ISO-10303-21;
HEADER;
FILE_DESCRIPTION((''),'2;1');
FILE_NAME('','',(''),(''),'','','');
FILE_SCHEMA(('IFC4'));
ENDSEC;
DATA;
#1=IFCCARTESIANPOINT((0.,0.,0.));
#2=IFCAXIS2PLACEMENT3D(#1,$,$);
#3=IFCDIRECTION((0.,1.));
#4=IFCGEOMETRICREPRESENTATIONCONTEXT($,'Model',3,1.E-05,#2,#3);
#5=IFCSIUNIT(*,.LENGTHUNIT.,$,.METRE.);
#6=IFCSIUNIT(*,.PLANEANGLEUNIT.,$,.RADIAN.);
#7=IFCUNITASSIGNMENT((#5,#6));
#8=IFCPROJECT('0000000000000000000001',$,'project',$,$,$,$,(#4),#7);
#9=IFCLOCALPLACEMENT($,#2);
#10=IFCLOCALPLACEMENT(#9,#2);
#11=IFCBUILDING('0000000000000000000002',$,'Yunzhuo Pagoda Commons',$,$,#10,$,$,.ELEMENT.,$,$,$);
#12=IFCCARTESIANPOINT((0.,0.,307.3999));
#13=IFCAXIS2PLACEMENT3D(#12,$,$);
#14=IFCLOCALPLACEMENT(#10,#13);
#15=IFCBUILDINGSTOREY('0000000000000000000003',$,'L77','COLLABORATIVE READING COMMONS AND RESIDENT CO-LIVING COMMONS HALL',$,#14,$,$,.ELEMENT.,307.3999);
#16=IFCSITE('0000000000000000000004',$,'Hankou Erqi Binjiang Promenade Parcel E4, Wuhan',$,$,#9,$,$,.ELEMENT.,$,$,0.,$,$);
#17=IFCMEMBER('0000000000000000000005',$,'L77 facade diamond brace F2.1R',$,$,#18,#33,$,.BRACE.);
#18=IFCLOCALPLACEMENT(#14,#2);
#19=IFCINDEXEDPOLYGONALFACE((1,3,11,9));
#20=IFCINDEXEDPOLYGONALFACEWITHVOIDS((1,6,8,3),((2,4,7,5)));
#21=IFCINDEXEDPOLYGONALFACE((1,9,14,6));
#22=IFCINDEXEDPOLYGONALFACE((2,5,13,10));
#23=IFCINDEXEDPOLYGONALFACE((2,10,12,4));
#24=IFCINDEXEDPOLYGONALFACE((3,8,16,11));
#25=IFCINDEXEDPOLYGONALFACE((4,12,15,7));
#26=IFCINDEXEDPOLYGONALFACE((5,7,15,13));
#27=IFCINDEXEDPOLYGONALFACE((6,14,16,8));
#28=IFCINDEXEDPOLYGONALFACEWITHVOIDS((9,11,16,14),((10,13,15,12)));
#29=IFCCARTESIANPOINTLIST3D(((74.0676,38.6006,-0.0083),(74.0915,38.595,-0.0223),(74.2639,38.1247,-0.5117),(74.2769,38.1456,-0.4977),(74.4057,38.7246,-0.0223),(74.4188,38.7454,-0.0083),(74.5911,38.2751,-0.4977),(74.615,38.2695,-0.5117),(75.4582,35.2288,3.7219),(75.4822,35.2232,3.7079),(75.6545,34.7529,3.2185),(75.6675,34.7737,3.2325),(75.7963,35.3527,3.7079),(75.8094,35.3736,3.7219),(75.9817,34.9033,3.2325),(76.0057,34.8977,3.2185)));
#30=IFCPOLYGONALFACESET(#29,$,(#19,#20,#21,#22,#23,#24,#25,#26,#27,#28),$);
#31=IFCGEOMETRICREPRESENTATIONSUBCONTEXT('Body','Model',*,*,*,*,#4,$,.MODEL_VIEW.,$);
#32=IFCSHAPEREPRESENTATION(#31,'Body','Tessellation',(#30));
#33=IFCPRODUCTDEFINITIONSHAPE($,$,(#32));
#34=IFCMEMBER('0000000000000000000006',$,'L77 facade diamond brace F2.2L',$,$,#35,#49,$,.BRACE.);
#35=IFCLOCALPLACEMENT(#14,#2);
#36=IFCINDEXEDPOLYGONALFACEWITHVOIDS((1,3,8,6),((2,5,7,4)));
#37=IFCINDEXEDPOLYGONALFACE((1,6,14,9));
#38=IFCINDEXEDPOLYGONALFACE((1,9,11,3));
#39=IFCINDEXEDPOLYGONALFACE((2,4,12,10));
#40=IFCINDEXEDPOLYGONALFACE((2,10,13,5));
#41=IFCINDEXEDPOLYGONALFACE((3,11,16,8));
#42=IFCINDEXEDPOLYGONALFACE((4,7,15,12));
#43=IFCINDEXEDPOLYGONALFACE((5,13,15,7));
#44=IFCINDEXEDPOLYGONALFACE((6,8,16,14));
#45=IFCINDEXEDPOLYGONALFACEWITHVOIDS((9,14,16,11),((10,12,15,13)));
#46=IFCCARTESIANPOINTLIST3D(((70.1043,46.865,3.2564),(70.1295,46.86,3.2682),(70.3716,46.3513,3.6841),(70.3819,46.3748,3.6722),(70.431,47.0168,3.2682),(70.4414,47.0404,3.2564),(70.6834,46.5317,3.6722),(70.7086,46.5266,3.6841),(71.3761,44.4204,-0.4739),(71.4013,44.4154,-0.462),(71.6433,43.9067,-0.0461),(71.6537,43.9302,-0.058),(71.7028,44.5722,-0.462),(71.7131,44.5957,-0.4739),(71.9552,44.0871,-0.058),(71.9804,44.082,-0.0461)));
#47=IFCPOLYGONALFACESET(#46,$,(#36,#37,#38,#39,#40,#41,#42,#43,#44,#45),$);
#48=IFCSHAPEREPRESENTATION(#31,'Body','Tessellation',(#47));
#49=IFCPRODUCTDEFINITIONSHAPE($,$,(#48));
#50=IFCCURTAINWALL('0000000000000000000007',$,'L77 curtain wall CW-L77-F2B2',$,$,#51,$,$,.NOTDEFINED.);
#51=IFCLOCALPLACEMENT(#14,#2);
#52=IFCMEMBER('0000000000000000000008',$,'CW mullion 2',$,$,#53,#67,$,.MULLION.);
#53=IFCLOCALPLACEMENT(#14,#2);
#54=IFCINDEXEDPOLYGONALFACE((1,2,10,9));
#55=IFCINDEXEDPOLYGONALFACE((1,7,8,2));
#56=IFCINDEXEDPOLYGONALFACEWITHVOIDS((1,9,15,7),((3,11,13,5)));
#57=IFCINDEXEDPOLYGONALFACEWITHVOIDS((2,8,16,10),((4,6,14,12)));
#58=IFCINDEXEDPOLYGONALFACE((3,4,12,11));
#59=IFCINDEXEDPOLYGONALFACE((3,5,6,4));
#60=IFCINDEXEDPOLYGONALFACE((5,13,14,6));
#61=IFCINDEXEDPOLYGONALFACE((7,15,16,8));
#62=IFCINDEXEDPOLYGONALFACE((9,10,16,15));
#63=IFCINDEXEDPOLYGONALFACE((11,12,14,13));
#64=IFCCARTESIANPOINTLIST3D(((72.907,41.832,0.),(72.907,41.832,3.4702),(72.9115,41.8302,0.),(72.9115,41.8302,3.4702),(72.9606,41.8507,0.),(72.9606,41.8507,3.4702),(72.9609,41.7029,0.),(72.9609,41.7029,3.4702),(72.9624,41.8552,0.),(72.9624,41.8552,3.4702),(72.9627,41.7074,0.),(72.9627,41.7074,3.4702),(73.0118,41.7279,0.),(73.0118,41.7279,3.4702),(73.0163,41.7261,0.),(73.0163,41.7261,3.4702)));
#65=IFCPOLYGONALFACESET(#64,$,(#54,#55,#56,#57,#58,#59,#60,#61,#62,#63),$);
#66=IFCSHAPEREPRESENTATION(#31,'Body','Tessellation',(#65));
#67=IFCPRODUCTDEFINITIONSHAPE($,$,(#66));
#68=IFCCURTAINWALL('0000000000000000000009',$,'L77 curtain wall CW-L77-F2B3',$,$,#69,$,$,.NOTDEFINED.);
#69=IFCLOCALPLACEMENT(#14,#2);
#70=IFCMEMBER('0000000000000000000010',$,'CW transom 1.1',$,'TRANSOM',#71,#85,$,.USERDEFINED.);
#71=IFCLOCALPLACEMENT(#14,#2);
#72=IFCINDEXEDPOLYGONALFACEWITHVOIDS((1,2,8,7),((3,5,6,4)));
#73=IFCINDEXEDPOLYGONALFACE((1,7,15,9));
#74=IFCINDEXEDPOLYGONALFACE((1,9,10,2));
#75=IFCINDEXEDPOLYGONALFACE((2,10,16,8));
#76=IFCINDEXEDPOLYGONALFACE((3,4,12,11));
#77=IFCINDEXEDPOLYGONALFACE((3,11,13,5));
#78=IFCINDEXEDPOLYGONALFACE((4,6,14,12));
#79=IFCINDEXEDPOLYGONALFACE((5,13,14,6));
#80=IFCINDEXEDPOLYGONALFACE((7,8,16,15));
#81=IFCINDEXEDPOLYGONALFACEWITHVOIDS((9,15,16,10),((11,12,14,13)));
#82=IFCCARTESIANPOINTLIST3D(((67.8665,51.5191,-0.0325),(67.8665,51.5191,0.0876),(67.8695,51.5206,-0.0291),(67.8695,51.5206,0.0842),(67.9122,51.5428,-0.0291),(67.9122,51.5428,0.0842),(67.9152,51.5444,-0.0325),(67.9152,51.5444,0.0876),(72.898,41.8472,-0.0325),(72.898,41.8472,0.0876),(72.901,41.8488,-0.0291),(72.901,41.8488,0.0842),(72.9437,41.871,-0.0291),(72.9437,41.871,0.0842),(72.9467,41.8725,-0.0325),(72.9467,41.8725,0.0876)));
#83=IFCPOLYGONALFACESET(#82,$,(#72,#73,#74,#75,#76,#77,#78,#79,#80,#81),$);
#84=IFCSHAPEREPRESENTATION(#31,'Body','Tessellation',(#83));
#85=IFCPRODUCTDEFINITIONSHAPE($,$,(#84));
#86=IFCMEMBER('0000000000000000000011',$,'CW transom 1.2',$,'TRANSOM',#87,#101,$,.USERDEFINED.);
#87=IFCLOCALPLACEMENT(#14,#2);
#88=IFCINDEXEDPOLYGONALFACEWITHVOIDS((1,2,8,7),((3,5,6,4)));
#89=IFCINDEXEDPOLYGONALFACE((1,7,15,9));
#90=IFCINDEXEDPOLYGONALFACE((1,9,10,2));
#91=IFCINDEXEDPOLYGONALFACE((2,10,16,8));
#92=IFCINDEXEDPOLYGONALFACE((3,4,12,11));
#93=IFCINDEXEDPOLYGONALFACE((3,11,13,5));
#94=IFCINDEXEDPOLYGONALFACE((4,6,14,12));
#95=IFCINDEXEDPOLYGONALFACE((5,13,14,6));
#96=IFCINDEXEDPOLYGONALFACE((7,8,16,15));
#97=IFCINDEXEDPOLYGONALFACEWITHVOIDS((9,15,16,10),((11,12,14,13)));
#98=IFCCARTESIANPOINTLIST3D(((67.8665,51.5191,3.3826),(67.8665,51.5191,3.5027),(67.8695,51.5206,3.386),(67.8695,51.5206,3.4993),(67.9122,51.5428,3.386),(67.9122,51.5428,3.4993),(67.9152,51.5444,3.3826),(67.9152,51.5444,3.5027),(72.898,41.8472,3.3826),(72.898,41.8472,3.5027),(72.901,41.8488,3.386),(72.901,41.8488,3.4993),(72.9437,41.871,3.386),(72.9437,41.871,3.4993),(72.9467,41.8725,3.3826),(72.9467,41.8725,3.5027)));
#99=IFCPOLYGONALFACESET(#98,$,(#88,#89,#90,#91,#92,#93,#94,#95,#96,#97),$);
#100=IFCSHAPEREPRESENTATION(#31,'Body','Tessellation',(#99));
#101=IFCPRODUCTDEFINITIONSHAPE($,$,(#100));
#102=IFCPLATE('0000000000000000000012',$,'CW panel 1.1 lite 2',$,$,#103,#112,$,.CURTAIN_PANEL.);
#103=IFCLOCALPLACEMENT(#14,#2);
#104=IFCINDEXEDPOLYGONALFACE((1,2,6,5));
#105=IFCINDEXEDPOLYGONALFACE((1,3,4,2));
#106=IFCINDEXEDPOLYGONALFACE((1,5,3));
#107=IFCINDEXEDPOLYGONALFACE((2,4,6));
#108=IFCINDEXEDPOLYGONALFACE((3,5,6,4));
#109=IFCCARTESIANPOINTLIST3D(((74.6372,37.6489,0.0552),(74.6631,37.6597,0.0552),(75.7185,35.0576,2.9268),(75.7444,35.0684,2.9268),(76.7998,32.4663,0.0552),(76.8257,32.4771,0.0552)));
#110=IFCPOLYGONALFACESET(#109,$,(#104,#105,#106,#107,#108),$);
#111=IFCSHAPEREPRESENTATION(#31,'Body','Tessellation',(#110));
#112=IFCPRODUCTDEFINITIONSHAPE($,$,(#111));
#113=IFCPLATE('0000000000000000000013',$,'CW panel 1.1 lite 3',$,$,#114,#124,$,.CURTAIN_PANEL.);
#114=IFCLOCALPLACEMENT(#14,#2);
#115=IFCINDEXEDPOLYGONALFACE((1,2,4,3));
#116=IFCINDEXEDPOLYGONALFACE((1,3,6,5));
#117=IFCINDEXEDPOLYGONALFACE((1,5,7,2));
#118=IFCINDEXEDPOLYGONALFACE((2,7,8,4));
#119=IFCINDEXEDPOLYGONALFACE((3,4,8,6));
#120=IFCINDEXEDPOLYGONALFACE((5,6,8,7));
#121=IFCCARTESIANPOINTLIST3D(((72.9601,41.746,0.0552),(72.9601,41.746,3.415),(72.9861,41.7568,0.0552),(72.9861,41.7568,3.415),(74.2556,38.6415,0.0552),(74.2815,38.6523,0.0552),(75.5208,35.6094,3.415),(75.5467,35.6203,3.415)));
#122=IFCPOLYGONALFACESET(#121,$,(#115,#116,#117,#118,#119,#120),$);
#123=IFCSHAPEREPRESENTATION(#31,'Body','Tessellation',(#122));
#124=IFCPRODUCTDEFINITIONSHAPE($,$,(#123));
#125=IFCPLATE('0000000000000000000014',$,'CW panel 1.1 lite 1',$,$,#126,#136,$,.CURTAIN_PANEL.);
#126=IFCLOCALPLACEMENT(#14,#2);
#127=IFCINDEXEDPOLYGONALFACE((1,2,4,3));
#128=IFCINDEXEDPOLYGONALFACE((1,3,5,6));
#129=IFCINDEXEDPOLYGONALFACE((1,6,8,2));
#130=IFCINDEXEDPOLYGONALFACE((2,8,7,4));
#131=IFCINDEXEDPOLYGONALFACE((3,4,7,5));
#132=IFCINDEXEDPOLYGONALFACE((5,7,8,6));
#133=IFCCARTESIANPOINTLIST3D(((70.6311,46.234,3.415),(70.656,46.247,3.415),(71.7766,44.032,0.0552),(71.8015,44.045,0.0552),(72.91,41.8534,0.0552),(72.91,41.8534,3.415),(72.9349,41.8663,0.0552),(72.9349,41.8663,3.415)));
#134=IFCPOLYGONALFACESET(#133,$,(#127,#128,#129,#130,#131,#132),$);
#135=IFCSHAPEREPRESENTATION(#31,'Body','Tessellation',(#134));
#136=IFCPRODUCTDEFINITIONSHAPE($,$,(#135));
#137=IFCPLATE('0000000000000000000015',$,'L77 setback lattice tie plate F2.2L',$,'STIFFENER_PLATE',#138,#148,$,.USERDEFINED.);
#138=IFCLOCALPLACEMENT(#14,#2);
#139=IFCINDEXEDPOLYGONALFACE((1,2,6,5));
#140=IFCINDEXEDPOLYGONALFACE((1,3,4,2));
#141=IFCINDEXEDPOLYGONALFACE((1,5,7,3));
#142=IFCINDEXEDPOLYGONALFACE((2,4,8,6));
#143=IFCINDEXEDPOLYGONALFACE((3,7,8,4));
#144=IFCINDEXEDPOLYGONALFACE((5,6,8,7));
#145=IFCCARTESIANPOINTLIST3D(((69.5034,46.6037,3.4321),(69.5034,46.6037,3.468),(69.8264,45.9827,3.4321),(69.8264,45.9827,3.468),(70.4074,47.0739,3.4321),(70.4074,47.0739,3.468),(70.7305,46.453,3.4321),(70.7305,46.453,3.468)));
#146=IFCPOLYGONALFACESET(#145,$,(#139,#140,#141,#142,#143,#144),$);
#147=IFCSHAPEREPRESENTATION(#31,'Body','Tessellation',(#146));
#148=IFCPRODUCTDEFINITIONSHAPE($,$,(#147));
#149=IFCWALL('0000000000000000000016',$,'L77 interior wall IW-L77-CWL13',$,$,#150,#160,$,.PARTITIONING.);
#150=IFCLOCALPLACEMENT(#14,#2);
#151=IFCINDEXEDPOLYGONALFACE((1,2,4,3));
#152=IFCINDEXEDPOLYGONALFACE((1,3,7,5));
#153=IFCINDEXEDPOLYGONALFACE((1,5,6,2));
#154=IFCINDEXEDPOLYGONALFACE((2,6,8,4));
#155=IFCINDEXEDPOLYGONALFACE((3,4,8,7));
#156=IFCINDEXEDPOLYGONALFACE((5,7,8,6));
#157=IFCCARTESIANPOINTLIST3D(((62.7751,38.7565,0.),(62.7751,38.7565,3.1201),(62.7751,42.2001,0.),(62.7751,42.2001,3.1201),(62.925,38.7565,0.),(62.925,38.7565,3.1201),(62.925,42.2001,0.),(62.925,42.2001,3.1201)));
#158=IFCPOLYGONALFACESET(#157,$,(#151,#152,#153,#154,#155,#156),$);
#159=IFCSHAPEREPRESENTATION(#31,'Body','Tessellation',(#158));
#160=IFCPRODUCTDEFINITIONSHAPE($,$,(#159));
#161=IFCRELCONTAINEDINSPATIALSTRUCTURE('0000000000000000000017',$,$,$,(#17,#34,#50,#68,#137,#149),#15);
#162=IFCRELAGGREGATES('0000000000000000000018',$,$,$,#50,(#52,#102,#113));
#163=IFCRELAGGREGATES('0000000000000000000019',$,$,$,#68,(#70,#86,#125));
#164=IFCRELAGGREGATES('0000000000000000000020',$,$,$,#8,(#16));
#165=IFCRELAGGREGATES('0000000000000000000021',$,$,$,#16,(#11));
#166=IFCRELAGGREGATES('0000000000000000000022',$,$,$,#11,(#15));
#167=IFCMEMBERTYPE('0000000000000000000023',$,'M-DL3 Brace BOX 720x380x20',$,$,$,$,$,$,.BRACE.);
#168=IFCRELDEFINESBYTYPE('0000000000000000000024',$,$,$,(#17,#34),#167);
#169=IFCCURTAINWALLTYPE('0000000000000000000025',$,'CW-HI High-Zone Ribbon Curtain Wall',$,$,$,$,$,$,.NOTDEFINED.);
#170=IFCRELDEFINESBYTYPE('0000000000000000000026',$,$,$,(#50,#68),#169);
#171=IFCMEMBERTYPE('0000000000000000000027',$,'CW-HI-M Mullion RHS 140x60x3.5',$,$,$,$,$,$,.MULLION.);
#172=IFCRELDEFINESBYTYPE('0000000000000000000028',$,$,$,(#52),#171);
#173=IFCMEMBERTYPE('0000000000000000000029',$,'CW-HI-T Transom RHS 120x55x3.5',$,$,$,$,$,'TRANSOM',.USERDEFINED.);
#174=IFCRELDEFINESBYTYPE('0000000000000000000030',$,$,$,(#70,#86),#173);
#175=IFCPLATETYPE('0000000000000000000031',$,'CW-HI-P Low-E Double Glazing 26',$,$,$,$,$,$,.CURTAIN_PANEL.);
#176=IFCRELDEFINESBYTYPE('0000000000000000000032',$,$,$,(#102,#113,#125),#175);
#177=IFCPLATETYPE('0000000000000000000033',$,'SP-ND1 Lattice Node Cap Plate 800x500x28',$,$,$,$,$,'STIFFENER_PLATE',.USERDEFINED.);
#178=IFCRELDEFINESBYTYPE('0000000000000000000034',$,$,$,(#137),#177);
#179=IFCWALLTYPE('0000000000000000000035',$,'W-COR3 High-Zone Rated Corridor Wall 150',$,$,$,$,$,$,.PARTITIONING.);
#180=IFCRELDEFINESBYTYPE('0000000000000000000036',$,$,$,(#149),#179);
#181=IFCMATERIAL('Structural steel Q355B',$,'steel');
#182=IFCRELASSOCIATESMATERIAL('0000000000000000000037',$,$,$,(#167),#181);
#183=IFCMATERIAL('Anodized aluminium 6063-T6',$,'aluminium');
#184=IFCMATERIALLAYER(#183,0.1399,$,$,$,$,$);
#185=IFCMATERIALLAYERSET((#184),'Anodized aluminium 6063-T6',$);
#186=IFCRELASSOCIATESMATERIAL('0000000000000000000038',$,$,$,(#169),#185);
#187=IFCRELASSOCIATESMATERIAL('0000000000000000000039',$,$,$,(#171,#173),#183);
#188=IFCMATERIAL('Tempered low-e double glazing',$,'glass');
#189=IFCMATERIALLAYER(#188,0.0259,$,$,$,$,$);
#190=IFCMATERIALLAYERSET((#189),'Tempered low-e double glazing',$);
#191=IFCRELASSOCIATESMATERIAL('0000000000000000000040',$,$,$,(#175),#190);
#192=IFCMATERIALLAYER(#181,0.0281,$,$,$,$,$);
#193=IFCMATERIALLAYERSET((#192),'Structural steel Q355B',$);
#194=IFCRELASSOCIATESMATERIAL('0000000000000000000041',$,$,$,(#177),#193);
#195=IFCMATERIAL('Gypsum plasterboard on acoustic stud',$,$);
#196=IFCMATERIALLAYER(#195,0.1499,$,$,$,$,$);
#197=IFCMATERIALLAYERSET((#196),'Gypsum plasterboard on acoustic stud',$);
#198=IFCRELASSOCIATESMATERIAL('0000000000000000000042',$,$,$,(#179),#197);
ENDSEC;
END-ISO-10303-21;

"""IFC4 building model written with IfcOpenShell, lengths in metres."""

from ifc_helpers import new_model, si_unit, direction, frame, frame_2d, origin, origin_2d, place, context, subcontext, project, spatial, polyline, rectangle, hollow_rectangle, outline, extrude, source, transform, mapped, material, layer, layer_set, material_profile, profile_set, type_object, element, aggregate, save


model = new_model("IFC4")

# Units and contexts
model_context = context("Model", 3, precision=1e-05, world=origin(), true_north=direction((0.0, 1.0)))
body_context = subcontext(model_context, "Body", "Model", "MODEL_VIEW")
ifc_project = project(units=[si_unit("LENGTHUNIT", "METRE"), si_unit("PLANEANGLEUNIT", "RADIAN")], contexts=[model_context])

# Site, building, storey
site_placement = place(None, origin())
site = spatial("IfcSite", under=ifc_project, at=site_placement, Name="Hankou Erqi Binjiang Promenade Parcel E4, Wuhan", CompositionType="ELEMENT", RefElevation=0.0)
building_placement = place(site_placement, origin())
building = spatial("IfcBuilding", under=site, at=building_placement, Name="Yunzhuo Pagoda Commons", CompositionType="ELEMENT")
storey_placement = place(building_placement, frame((0.0, 0.0, 307.3999)))
storey = spatial("IfcBuildingStorey", under=building, at=storey_placement, Name="L77", Description="COLLABORATIVE READING COMMONS AND RESIDENT CO-LIVING COMMONS HALL", CompositionType="ELEMENT", Elevation=307.3999)

# Shared definitions
ifc_material_1 = material(Name="Structural steel Q355B", Category="steel")

# Members
ifc_material_profile_1 = material_profile(ifc_material_1, hollow_rectangle(XDim=0.3799, YDim=0.72, WallThickness=0.02, at=origin_2d()), Name="Structural steel Q355B")
ifc_profile_set_1 = profile_set([ifc_material_profile_1], Name="Structural steel Q355B")
member_type_1 = type_object("IfcMemberType", Name="M-DL3 Brace BOX 720x380x20", PredefinedType="BRACE", material=ifc_profile_set_1)
shared_shape_1 = source(origin(), body_context, "Body", "SweptSolid", [
    extrude(hollow_rectangle(XDim=0.3799, YDim=0.72, WallThickness=0.02, at=origin_2d()), origin(), (0.0, 0.0, 1.0), 5.217),
])
member_1_placement = place(storey_placement, frame((74.3413, 38.4351, -0.26), z_axis=(0.266554, -0.646309, 0.715006), x_axis=(0.924463, 0.381272, 0.0)))
element("IfcMember", 1, at=member_1_placement, inside=storey, type_object=member_type_1, Name="L77 facade diamond brace F2.1R", PredefinedType="BRACE", context=body_context, shape_type="MappedRepresentation", body=[
    mapped(shared_shape_1, transform((0.0, 0.0, 0.0), scale=1.0)),
])
shared_shape_2 = source(origin(), body_context, "Body", "SweptSolid", [
    extrude(hollow_rectangle(XDim=0.3799, YDim=0.72, WallThickness=0.02, at=origin_2d()), origin(), (0.0, 0.0, 1.0), 4.6377),
])
member_2_placement = place(storey_placement, frame((71.6782, 44.2512, -0.26), z_axis=(-0.274218, 0.527116, 0.804334), x_axis=(-0.887136, -0.461509, 0.0)))
element("IfcMember", 2, at=member_2_placement, inside=storey, type_object=member_type_1, Name="L77 facade diamond brace F2.2L", PredefinedType="BRACE", context=body_context, shape_type="MappedRepresentation", body=[
    mapped(shared_shape_2, transform((0.0, 0.0, 0.0), scale=1.0)),
])

# Curtain wall, member
ifc_material_2 = material(Name="Anodized aluminium 6063-T6", Category="aluminium")
ifc_layer_1 = layer(ifc_material_2, 0.1399)
ifc_layer_set_1 = layer_set([ifc_layer_1], Name="Anodized aluminium 6063-T6")
curtain_wall_type = type_object("IfcCurtainWallType", Name="CW-HI High-Zone Ribbon Curtain Wall", PredefinedType="NOTDEFINED", material=ifc_layer_set_1)
curtain_wall_1_placement = place(storey_placement, origin())
curtain_wall_1 = element("IfcCurtainWall", 3, at=curtain_wall_1_placement, inside=storey, type_object=curtain_wall_type, Name="L77 curtain wall CW-L77-F2B2", PredefinedType="NOTDEFINED")
ifc_material_profile_2 = material_profile(ifc_material_2, hollow_rectangle(XDim=0.0601, YDim=0.1399, WallThickness=0.0034, at=origin_2d()), Name="Anodized aluminium 6063-T6")
ifc_profile_set_2 = profile_set([ifc_material_profile_2], Name="Anodized aluminium 6063-T6")
member_type_2 = type_object("IfcMemberType", Name="CW-HI-M Mullion RHS 140x60x3.5", PredefinedType="MULLION", material=ifc_profile_set_2)
shared_shape_3 = source(origin(), body_context, "Body", "SweptSolid", [
    extrude(hollow_rectangle(XDim=0.0601, YDim=0.1399, WallThickness=0.0034, at=origin_2d()), origin(), (0.0, 0.0, 1.0), 3.4702),
])
member_3_placement = place(storey_placement, frame((72.9617, 41.7791, 0.0), z_axis=(0.0, 0.0, 1.0), x_axis=(-0.922876, -0.385097, 0.0)))
member_3 = element("IfcMember", 4, at=member_3_placement, type_object=member_type_2, Name="CW mullion 2", PredefinedType="MULLION", context=body_context, shape_type="MappedRepresentation", body=[
    mapped(shared_shape_3, transform((0.0, 0.0, 0.0), scale=1.0)),
])

# Curtain wall, members
curtain_wall_2_placement = place(storey_placement, origin())
curtain_wall_2 = element("IfcCurtainWall", 5, at=curtain_wall_2_placement, inside=storey, type_object=curtain_wall_type, Name="L77 curtain wall CW-L77-F2B3", PredefinedType="NOTDEFINED")
ifc_material_profile_3 = material_profile(ifc_material_2, hollow_rectangle(XDim=0.0549, YDim=0.1201, WallThickness=0.0034, at=origin_2d()), Name="Anodized aluminium 6063-T6")
ifc_profile_set_3 = profile_set([ifc_material_profile_3], Name="Anodized aluminium 6063-T6")
member_type_3 = type_object("IfcMemberType", Name="CW-HI-T Transom RHS 120x55x3.5", ElementType="TRANSOM", PredefinedType="USERDEFINED", material=ifc_profile_set_3)
shared_shape_4 = source(origin(), body_context, "Body", "SweptSolid", [
    extrude(hollow_rectangle(XDim=0.0549, YDim=0.1201, WallThickness=0.0034, at=origin_2d()), origin(), (0.0, 0.0, 1.0), 10.9023),
])
member_4_placement = place(storey_placement, frame((72.9224, 41.8599, 0.0276), z_axis=(-0.461506, 0.887137, 0.0), x_axis=(-0.887137, -0.461506, 0.0)))
member_4 = element("IfcMember", 6, at=member_4_placement, type_object=member_type_3, Name="CW transom 1.1", ObjectType="TRANSOM", PredefinedType="USERDEFINED", context=body_context, shape_type="MappedRepresentation", body=[
    mapped(shared_shape_4, transform((0.0, 0.0, 0.0), scale=1.0)),
])
member_5_placement = place(storey_placement, frame((72.9224, 41.8599, 3.4426), z_axis=(-0.461506, 0.887137, 0.0), x_axis=(-0.887137, -0.461506, 0.0)))
member_5 = element("IfcMember", 7, at=member_5_placement, type_object=member_type_3, Name="CW transom 1.2", ObjectType="TRANSOM", PredefinedType="USERDEFINED", context=body_context, shape_type="MappedRepresentation", body=[
    mapped(shared_shape_4, transform((0.0, 0.0, 0.0), scale=1.0)),
])

# Plates
ifc_material_3 = material(Name="Tempered low-e double glazing", Category="glass")
ifc_layer_2 = layer(ifc_material_3, 0.0259)
ifc_layer_set_2 = layer_set([ifc_layer_2], Name="Tempered low-e double glazing")
plate_type_1 = type_object("IfcPlateType", Name="CW-HI-P Low-E Double Glazing 26", PredefinedType="CURTAIN_PANEL", material=ifc_layer_set_2)
plate_1_placement = place(storey_placement, frame((75.7185, 35.0576, 1.491), z_axis=(0.922876, 0.385097, 0.0), x_axis=(-0.385097, 0.922876, 0.0)))
plate_1 = element("IfcPlate", 8, at=plate_1_placement, type_object=plate_type_1, Name="CW panel 1.1 lite 2", PredefinedType="CURTAIN_PANEL", context=body_context, shape_type="SweptSolid", body=[
    extrude(outline(polyline([(-2.8079, -1.4358), (2.8079, -1.4358), (0.0, 1.4358), (-2.8079, -1.4358)])), origin(), (0.0, 0.0, 1.0), 0.0281),
])
plate_2_placement = place(storey_placement, frame((74.2405, 38.6777, 1.7351), z_axis=(0.922876, 0.385097, 0.0), x_axis=(-0.385097, 0.922876, 0.0)))
plate_2 = element("IfcPlate", 9, at=plate_2_placement, type_object=plate_type_1, Name="CW panel 1.1 lite 3", PredefinedType="CURTAIN_PANEL", context=body_context, shape_type="SweptSolid", body=[
    extrude(outline(polyline([(-3.3247, 1.6799), (-0.0393, -1.6799), (3.3247, -1.6799), (3.3247, 1.6799), (-3.3247, 1.6799)])), origin(), (0.0, 0.0, 1.0), 0.0281),
])
aggregate(curtain_wall_1, [member_3, plate_1, plate_2])
plate_3_placement = place(storey_placement, frame((71.7705, 44.0437, 1.7351), z_axis=(0.887137, 0.461505, 0.0), x_axis=(-0.461505, 0.887137, 0.0)))
plate_3 = element("IfcPlate", 10, at=plate_3_placement, type_object=plate_type_1, Name="CW panel 1.1 lite 1", PredefinedType="CURTAIN_PANEL", context=body_context, shape_type="SweptSolid", body=[
    extrude(outline(polyline([(-2.469, -1.6799), (-0.0132, -1.6799), (2.469, 1.6799), (-2.469, 1.6799), (-2.469, -1.6799)])), origin(), (0.0, 0.0, 1.0), 0.0281),
])
aggregate(curtain_wall_2, [member_4, member_5, plate_3])
ifc_layer_3 = layer(ifc_material_1, 0.0281)
ifc_layer_set_3 = layer_set([ifc_layer_3], Name="Structural steel Q355B")
plate_type_2 = type_object("IfcPlateType", Name="SP-ND1 Lattice Node Cap Plate 800x500x28", ElementType="STIFFENER_PLATE", PredefinedType="USERDEFINED", material=ifc_layer_set_3)
shared_shape_5 = source(origin(), body_context, "Body", "SweptSolid", [
    extrude(rectangle(XDim=0.7, YDim=1.019, at=origin_2d()), origin(), (0.0, 0.0, 1.0), 0.0359),
])
plate_4_placement = place(storey_placement, frame((70.1169, 46.5283, 3.4321), z_axis=(0.0, 0.0, 1.0), x_axis=(-0.461501, 0.88714, 0.0)))
element("IfcPlate", 11, at=plate_4_placement, inside=storey, type_object=plate_type_2, Name="L77 setback lattice tie plate F2.2L", ObjectType="STIFFENER_PLATE", PredefinedType="USERDEFINED", context=body_context, shape_type="MappedRepresentation", body=[
    mapped(shared_shape_5, transform((0.0, 0.0, 0.0), scale=1.0)),
])

# Wall
ifc_material_4 = material(Name="Gypsum plasterboard on acoustic stud")
ifc_layer_4 = layer(ifc_material_4, 0.1499)
ifc_layer_set_4 = layer_set([ifc_layer_4], Name="Gypsum plasterboard on acoustic stud")
wall_type_1 = type_object("IfcWallType", Name="W-COR3 High-Zone Rated Corridor Wall 150", PredefinedType="PARTITIONING", material=ifc_layer_set_4)
wall_1_placement = place(storey_placement, frame((62.8501, 42.2, 0.0), z_axis=(0.0, 0.0, 1.0), x_axis=(0.0, -1.0, 0.0)))
element("IfcWall", 12, at=wall_1_placement, inside=storey, type_object=wall_type_1, Name="L77 interior wall IW-L77-CWL13", PredefinedType="PARTITIONING", context=body_context, shape_type="SweptSolid", body=[
    extrude(rectangle(XDim=3.4436, YDim=0.1499, at=frame_2d((1.7217, 0.0))), origin(), (0.0, 0.0, 1.0), 3.1201),
])

save(model, "model.ifc")
